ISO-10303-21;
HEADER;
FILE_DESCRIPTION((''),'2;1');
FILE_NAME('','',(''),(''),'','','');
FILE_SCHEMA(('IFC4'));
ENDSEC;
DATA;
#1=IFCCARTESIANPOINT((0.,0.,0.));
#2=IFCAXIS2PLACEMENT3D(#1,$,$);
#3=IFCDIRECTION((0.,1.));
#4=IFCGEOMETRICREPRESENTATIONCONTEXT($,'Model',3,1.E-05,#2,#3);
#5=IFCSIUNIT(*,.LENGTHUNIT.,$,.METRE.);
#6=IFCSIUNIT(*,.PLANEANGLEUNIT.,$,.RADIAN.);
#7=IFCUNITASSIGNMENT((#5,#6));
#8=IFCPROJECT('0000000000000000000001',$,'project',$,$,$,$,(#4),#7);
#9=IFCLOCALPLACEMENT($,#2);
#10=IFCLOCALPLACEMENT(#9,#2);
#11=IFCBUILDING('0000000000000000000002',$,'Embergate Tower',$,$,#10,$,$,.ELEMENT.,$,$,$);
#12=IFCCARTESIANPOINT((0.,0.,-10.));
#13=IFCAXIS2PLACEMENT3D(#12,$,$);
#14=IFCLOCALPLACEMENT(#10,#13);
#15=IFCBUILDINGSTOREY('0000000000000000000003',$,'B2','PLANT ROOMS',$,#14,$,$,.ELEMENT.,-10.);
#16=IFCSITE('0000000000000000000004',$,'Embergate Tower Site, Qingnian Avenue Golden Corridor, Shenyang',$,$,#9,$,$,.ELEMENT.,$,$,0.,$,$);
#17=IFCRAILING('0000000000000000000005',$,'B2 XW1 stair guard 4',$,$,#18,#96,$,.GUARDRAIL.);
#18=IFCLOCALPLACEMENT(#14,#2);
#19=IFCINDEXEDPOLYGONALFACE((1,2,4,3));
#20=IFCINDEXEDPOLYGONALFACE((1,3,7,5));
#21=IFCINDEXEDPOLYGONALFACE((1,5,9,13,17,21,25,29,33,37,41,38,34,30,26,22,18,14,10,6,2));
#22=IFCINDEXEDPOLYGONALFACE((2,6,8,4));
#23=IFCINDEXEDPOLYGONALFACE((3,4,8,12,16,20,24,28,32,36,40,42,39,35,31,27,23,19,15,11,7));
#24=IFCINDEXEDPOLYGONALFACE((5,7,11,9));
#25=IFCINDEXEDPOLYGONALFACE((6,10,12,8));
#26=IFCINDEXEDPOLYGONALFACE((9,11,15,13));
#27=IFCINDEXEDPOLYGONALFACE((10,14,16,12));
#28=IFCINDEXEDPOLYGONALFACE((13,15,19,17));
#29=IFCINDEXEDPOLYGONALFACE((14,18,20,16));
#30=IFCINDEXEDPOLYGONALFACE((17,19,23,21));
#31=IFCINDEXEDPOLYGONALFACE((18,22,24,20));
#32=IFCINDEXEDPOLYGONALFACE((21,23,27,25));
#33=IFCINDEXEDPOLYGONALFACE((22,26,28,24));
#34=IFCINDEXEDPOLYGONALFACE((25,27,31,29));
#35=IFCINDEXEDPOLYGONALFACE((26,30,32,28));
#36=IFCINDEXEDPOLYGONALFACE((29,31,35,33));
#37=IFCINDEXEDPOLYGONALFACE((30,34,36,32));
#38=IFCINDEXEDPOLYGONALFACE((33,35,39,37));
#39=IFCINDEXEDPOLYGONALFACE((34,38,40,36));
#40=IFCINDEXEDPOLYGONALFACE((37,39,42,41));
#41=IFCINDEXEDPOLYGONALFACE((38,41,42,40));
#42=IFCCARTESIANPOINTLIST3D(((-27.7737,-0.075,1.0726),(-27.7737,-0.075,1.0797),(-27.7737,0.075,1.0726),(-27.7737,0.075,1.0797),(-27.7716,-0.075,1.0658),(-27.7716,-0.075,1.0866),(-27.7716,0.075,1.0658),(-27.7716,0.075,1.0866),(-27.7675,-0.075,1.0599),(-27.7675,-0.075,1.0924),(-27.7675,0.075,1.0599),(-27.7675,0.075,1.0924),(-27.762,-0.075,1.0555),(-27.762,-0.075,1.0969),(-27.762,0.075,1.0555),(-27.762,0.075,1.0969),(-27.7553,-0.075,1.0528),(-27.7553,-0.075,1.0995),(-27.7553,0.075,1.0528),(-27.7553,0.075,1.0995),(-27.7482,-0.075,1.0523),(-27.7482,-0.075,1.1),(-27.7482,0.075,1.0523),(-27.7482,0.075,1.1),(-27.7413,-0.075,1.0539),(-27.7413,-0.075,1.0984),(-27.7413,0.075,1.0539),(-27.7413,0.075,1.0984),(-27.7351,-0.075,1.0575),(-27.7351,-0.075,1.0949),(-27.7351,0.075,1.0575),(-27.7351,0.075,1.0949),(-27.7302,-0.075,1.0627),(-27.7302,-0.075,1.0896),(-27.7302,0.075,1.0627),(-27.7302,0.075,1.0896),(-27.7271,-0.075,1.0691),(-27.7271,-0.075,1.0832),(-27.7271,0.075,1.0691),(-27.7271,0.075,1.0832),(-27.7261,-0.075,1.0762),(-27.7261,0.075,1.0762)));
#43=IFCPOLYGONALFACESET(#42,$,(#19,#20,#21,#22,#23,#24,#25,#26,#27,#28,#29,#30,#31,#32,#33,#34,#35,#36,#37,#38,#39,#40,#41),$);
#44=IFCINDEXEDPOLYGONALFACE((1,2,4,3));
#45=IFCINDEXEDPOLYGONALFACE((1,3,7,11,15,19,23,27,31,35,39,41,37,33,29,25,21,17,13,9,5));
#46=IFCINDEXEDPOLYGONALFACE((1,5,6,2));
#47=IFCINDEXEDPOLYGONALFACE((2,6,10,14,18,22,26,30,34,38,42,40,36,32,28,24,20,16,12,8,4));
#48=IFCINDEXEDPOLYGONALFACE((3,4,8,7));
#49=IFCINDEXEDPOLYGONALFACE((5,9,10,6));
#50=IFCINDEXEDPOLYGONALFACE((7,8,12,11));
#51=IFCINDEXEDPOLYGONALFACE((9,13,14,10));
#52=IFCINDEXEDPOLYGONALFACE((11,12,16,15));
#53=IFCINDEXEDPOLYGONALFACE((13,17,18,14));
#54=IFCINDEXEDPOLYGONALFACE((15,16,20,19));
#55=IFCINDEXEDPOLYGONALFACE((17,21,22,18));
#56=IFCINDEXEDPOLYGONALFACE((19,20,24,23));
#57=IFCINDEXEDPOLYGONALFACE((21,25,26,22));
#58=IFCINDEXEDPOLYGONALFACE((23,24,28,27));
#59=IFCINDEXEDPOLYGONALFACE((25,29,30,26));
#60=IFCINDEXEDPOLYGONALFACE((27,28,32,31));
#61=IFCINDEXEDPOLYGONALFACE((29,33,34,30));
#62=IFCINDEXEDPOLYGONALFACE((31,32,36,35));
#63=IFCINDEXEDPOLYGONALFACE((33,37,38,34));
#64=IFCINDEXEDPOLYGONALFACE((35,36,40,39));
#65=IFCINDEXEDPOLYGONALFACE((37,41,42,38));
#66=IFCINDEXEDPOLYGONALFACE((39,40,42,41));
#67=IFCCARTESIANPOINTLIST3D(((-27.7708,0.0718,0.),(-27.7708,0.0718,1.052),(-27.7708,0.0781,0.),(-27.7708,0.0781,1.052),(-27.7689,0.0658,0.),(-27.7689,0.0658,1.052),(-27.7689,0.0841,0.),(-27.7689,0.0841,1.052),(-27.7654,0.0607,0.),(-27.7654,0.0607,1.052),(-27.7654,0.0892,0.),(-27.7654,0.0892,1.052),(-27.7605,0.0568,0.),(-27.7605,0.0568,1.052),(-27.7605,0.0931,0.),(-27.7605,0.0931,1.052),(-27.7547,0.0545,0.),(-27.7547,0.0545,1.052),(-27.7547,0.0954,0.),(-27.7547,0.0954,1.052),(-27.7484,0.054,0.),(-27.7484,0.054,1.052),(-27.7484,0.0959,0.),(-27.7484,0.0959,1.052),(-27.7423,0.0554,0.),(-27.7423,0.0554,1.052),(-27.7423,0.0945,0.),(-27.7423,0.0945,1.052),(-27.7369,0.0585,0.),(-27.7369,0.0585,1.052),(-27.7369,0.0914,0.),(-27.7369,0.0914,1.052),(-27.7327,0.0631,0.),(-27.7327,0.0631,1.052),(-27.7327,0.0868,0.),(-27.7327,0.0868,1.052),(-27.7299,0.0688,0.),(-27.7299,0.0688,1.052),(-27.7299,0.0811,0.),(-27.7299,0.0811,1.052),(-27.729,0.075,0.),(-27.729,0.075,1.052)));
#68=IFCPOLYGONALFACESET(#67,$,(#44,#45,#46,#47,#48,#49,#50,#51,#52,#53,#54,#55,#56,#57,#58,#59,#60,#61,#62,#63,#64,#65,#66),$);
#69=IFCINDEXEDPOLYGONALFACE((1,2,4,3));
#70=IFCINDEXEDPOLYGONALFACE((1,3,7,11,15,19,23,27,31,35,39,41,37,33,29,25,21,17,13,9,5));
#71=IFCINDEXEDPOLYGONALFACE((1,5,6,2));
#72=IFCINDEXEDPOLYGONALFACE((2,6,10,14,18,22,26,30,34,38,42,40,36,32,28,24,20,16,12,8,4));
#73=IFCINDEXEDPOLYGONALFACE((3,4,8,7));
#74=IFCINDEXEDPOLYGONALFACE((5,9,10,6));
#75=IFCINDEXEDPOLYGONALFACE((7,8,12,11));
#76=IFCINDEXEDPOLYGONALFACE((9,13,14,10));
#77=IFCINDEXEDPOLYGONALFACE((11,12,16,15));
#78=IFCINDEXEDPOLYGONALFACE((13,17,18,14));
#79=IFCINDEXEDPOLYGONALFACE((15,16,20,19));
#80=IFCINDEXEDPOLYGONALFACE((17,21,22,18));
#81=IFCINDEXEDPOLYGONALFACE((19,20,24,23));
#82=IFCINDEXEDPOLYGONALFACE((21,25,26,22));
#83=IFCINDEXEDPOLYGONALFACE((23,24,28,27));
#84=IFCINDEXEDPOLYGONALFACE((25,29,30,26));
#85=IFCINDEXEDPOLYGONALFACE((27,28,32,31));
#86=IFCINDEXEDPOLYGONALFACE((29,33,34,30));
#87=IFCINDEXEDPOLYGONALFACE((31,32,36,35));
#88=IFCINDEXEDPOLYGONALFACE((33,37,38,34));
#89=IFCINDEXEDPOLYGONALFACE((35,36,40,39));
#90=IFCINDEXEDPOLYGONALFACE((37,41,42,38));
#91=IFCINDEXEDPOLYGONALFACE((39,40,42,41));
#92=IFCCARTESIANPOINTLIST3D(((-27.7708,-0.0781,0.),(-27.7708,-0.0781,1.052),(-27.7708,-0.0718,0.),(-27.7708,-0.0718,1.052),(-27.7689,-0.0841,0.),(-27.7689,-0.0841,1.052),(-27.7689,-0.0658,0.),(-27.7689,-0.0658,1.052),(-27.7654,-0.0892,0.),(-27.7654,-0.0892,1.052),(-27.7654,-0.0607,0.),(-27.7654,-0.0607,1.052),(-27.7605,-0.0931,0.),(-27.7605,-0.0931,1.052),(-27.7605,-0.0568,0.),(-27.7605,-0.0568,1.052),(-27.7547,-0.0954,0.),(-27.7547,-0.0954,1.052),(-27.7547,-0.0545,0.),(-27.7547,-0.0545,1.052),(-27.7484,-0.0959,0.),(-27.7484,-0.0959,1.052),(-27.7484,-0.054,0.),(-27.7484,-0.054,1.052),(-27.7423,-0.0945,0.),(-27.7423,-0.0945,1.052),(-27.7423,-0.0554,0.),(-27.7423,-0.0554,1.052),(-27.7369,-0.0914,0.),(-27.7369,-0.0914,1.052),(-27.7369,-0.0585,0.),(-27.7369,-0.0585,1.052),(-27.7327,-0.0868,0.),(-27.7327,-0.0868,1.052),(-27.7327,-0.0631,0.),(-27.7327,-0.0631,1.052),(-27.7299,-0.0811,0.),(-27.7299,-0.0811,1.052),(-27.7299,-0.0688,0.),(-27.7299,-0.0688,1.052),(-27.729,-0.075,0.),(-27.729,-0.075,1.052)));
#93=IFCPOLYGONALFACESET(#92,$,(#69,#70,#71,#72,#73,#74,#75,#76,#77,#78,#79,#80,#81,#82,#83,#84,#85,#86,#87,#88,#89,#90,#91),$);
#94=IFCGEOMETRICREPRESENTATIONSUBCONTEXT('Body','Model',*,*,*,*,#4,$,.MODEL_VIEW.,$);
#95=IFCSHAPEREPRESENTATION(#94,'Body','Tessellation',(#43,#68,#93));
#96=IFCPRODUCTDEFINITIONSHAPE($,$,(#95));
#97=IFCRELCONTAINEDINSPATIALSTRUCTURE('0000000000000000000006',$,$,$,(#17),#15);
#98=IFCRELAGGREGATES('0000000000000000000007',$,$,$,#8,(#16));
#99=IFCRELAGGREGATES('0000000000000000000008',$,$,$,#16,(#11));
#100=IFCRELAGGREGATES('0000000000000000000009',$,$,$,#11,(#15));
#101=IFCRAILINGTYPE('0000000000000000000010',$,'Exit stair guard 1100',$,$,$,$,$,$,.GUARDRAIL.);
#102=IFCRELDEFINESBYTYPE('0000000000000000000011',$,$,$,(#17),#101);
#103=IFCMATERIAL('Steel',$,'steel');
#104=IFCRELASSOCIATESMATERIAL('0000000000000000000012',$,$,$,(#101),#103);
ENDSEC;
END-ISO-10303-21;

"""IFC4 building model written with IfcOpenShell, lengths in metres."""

from ifc_helpers import new_model, si_unit, direction, frame, origin, origin_2d, place, context, subcontext, project, spatial, circle, extrude, source, transform, mapped, material, type_object, element, save


model = new_model("IFC4")

# Units and contexts
model_context = context("Model", 3, precision=1e-05, world=origin(), true_north=direction((0.0, 1.0)))
body_context = subcontext(model_context, "Body", "Model", "MODEL_VIEW")
ifc_project = project(units=[si_unit("LENGTHUNIT", "METRE"), si_unit("PLANEANGLEUNIT", "RADIAN")], contexts=[model_context])

# Site, building, storey
site_placement = place(None, origin())
site = spatial("IfcSite", under=ifc_project, at=site_placement, Name="Embergate Tower Site, Qingnian Avenue Golden Corridor, Shenyang", CompositionType="ELEMENT", RefElevation=0.0)
building_placement = place(site_placement, origin())
building = spatial("IfcBuilding", under=site, at=building_placement, Name="Embergate Tower", CompositionType="ELEMENT")
storey_placement = place(building_placement, frame((0.0, 0.0, -10.0)))
storey = spatial("IfcBuildingStorey", under=building, at=storey_placement, Name="B2", Description="PLANT ROOMS", CompositionType="ELEMENT", Elevation=-10.0)

# Railing
ifc_material_1 = material(Name="Steel", Category="steel")
railing_type_1 = type_object("IfcRailingType", Name="Exit stair guard 1100", PredefinedType="GUARDRAIL", material=ifc_material_1)
shared_shape_1 = source(origin(), body_context, "Body", "SweptSolid", [
    extrude(circle(Radius=0.0239, at=origin_2d()), frame((0.0, 0.0, 1.0762), z_axis=(0.0, -1.0, 0.0), x_axis=(1.0, 0.0, 0.0)), (0.0, 0.0, 1.0), 0.1499),
    extrude(circle(Radius=0.021, at=origin_2d()), origin(), (0.0, 0.0, 1.0), 1.052),
    extrude(circle(Radius=0.021, at=origin_2d()), frame((0.0, -0.1499, 0.0)), (0.0, 0.0, 1.0), 1.052),
])
for number, where, name in (
    (1, (-27.75, 0.075, 0.0), "B2 XW1 stair guard 4"),
):
    element("IfcRailing", number, at=place(storey_placement, frame(where)), inside=storey, type_object=railing_type_1, Name=name, PredefinedType="GUARDRAIL", context=body_context, shape_type="MappedRepresentation", body=[
        mapped(shared_shape_1, transform((0.0, 0.0, 0.0))),
    ])

save(model, "model.ifc")
